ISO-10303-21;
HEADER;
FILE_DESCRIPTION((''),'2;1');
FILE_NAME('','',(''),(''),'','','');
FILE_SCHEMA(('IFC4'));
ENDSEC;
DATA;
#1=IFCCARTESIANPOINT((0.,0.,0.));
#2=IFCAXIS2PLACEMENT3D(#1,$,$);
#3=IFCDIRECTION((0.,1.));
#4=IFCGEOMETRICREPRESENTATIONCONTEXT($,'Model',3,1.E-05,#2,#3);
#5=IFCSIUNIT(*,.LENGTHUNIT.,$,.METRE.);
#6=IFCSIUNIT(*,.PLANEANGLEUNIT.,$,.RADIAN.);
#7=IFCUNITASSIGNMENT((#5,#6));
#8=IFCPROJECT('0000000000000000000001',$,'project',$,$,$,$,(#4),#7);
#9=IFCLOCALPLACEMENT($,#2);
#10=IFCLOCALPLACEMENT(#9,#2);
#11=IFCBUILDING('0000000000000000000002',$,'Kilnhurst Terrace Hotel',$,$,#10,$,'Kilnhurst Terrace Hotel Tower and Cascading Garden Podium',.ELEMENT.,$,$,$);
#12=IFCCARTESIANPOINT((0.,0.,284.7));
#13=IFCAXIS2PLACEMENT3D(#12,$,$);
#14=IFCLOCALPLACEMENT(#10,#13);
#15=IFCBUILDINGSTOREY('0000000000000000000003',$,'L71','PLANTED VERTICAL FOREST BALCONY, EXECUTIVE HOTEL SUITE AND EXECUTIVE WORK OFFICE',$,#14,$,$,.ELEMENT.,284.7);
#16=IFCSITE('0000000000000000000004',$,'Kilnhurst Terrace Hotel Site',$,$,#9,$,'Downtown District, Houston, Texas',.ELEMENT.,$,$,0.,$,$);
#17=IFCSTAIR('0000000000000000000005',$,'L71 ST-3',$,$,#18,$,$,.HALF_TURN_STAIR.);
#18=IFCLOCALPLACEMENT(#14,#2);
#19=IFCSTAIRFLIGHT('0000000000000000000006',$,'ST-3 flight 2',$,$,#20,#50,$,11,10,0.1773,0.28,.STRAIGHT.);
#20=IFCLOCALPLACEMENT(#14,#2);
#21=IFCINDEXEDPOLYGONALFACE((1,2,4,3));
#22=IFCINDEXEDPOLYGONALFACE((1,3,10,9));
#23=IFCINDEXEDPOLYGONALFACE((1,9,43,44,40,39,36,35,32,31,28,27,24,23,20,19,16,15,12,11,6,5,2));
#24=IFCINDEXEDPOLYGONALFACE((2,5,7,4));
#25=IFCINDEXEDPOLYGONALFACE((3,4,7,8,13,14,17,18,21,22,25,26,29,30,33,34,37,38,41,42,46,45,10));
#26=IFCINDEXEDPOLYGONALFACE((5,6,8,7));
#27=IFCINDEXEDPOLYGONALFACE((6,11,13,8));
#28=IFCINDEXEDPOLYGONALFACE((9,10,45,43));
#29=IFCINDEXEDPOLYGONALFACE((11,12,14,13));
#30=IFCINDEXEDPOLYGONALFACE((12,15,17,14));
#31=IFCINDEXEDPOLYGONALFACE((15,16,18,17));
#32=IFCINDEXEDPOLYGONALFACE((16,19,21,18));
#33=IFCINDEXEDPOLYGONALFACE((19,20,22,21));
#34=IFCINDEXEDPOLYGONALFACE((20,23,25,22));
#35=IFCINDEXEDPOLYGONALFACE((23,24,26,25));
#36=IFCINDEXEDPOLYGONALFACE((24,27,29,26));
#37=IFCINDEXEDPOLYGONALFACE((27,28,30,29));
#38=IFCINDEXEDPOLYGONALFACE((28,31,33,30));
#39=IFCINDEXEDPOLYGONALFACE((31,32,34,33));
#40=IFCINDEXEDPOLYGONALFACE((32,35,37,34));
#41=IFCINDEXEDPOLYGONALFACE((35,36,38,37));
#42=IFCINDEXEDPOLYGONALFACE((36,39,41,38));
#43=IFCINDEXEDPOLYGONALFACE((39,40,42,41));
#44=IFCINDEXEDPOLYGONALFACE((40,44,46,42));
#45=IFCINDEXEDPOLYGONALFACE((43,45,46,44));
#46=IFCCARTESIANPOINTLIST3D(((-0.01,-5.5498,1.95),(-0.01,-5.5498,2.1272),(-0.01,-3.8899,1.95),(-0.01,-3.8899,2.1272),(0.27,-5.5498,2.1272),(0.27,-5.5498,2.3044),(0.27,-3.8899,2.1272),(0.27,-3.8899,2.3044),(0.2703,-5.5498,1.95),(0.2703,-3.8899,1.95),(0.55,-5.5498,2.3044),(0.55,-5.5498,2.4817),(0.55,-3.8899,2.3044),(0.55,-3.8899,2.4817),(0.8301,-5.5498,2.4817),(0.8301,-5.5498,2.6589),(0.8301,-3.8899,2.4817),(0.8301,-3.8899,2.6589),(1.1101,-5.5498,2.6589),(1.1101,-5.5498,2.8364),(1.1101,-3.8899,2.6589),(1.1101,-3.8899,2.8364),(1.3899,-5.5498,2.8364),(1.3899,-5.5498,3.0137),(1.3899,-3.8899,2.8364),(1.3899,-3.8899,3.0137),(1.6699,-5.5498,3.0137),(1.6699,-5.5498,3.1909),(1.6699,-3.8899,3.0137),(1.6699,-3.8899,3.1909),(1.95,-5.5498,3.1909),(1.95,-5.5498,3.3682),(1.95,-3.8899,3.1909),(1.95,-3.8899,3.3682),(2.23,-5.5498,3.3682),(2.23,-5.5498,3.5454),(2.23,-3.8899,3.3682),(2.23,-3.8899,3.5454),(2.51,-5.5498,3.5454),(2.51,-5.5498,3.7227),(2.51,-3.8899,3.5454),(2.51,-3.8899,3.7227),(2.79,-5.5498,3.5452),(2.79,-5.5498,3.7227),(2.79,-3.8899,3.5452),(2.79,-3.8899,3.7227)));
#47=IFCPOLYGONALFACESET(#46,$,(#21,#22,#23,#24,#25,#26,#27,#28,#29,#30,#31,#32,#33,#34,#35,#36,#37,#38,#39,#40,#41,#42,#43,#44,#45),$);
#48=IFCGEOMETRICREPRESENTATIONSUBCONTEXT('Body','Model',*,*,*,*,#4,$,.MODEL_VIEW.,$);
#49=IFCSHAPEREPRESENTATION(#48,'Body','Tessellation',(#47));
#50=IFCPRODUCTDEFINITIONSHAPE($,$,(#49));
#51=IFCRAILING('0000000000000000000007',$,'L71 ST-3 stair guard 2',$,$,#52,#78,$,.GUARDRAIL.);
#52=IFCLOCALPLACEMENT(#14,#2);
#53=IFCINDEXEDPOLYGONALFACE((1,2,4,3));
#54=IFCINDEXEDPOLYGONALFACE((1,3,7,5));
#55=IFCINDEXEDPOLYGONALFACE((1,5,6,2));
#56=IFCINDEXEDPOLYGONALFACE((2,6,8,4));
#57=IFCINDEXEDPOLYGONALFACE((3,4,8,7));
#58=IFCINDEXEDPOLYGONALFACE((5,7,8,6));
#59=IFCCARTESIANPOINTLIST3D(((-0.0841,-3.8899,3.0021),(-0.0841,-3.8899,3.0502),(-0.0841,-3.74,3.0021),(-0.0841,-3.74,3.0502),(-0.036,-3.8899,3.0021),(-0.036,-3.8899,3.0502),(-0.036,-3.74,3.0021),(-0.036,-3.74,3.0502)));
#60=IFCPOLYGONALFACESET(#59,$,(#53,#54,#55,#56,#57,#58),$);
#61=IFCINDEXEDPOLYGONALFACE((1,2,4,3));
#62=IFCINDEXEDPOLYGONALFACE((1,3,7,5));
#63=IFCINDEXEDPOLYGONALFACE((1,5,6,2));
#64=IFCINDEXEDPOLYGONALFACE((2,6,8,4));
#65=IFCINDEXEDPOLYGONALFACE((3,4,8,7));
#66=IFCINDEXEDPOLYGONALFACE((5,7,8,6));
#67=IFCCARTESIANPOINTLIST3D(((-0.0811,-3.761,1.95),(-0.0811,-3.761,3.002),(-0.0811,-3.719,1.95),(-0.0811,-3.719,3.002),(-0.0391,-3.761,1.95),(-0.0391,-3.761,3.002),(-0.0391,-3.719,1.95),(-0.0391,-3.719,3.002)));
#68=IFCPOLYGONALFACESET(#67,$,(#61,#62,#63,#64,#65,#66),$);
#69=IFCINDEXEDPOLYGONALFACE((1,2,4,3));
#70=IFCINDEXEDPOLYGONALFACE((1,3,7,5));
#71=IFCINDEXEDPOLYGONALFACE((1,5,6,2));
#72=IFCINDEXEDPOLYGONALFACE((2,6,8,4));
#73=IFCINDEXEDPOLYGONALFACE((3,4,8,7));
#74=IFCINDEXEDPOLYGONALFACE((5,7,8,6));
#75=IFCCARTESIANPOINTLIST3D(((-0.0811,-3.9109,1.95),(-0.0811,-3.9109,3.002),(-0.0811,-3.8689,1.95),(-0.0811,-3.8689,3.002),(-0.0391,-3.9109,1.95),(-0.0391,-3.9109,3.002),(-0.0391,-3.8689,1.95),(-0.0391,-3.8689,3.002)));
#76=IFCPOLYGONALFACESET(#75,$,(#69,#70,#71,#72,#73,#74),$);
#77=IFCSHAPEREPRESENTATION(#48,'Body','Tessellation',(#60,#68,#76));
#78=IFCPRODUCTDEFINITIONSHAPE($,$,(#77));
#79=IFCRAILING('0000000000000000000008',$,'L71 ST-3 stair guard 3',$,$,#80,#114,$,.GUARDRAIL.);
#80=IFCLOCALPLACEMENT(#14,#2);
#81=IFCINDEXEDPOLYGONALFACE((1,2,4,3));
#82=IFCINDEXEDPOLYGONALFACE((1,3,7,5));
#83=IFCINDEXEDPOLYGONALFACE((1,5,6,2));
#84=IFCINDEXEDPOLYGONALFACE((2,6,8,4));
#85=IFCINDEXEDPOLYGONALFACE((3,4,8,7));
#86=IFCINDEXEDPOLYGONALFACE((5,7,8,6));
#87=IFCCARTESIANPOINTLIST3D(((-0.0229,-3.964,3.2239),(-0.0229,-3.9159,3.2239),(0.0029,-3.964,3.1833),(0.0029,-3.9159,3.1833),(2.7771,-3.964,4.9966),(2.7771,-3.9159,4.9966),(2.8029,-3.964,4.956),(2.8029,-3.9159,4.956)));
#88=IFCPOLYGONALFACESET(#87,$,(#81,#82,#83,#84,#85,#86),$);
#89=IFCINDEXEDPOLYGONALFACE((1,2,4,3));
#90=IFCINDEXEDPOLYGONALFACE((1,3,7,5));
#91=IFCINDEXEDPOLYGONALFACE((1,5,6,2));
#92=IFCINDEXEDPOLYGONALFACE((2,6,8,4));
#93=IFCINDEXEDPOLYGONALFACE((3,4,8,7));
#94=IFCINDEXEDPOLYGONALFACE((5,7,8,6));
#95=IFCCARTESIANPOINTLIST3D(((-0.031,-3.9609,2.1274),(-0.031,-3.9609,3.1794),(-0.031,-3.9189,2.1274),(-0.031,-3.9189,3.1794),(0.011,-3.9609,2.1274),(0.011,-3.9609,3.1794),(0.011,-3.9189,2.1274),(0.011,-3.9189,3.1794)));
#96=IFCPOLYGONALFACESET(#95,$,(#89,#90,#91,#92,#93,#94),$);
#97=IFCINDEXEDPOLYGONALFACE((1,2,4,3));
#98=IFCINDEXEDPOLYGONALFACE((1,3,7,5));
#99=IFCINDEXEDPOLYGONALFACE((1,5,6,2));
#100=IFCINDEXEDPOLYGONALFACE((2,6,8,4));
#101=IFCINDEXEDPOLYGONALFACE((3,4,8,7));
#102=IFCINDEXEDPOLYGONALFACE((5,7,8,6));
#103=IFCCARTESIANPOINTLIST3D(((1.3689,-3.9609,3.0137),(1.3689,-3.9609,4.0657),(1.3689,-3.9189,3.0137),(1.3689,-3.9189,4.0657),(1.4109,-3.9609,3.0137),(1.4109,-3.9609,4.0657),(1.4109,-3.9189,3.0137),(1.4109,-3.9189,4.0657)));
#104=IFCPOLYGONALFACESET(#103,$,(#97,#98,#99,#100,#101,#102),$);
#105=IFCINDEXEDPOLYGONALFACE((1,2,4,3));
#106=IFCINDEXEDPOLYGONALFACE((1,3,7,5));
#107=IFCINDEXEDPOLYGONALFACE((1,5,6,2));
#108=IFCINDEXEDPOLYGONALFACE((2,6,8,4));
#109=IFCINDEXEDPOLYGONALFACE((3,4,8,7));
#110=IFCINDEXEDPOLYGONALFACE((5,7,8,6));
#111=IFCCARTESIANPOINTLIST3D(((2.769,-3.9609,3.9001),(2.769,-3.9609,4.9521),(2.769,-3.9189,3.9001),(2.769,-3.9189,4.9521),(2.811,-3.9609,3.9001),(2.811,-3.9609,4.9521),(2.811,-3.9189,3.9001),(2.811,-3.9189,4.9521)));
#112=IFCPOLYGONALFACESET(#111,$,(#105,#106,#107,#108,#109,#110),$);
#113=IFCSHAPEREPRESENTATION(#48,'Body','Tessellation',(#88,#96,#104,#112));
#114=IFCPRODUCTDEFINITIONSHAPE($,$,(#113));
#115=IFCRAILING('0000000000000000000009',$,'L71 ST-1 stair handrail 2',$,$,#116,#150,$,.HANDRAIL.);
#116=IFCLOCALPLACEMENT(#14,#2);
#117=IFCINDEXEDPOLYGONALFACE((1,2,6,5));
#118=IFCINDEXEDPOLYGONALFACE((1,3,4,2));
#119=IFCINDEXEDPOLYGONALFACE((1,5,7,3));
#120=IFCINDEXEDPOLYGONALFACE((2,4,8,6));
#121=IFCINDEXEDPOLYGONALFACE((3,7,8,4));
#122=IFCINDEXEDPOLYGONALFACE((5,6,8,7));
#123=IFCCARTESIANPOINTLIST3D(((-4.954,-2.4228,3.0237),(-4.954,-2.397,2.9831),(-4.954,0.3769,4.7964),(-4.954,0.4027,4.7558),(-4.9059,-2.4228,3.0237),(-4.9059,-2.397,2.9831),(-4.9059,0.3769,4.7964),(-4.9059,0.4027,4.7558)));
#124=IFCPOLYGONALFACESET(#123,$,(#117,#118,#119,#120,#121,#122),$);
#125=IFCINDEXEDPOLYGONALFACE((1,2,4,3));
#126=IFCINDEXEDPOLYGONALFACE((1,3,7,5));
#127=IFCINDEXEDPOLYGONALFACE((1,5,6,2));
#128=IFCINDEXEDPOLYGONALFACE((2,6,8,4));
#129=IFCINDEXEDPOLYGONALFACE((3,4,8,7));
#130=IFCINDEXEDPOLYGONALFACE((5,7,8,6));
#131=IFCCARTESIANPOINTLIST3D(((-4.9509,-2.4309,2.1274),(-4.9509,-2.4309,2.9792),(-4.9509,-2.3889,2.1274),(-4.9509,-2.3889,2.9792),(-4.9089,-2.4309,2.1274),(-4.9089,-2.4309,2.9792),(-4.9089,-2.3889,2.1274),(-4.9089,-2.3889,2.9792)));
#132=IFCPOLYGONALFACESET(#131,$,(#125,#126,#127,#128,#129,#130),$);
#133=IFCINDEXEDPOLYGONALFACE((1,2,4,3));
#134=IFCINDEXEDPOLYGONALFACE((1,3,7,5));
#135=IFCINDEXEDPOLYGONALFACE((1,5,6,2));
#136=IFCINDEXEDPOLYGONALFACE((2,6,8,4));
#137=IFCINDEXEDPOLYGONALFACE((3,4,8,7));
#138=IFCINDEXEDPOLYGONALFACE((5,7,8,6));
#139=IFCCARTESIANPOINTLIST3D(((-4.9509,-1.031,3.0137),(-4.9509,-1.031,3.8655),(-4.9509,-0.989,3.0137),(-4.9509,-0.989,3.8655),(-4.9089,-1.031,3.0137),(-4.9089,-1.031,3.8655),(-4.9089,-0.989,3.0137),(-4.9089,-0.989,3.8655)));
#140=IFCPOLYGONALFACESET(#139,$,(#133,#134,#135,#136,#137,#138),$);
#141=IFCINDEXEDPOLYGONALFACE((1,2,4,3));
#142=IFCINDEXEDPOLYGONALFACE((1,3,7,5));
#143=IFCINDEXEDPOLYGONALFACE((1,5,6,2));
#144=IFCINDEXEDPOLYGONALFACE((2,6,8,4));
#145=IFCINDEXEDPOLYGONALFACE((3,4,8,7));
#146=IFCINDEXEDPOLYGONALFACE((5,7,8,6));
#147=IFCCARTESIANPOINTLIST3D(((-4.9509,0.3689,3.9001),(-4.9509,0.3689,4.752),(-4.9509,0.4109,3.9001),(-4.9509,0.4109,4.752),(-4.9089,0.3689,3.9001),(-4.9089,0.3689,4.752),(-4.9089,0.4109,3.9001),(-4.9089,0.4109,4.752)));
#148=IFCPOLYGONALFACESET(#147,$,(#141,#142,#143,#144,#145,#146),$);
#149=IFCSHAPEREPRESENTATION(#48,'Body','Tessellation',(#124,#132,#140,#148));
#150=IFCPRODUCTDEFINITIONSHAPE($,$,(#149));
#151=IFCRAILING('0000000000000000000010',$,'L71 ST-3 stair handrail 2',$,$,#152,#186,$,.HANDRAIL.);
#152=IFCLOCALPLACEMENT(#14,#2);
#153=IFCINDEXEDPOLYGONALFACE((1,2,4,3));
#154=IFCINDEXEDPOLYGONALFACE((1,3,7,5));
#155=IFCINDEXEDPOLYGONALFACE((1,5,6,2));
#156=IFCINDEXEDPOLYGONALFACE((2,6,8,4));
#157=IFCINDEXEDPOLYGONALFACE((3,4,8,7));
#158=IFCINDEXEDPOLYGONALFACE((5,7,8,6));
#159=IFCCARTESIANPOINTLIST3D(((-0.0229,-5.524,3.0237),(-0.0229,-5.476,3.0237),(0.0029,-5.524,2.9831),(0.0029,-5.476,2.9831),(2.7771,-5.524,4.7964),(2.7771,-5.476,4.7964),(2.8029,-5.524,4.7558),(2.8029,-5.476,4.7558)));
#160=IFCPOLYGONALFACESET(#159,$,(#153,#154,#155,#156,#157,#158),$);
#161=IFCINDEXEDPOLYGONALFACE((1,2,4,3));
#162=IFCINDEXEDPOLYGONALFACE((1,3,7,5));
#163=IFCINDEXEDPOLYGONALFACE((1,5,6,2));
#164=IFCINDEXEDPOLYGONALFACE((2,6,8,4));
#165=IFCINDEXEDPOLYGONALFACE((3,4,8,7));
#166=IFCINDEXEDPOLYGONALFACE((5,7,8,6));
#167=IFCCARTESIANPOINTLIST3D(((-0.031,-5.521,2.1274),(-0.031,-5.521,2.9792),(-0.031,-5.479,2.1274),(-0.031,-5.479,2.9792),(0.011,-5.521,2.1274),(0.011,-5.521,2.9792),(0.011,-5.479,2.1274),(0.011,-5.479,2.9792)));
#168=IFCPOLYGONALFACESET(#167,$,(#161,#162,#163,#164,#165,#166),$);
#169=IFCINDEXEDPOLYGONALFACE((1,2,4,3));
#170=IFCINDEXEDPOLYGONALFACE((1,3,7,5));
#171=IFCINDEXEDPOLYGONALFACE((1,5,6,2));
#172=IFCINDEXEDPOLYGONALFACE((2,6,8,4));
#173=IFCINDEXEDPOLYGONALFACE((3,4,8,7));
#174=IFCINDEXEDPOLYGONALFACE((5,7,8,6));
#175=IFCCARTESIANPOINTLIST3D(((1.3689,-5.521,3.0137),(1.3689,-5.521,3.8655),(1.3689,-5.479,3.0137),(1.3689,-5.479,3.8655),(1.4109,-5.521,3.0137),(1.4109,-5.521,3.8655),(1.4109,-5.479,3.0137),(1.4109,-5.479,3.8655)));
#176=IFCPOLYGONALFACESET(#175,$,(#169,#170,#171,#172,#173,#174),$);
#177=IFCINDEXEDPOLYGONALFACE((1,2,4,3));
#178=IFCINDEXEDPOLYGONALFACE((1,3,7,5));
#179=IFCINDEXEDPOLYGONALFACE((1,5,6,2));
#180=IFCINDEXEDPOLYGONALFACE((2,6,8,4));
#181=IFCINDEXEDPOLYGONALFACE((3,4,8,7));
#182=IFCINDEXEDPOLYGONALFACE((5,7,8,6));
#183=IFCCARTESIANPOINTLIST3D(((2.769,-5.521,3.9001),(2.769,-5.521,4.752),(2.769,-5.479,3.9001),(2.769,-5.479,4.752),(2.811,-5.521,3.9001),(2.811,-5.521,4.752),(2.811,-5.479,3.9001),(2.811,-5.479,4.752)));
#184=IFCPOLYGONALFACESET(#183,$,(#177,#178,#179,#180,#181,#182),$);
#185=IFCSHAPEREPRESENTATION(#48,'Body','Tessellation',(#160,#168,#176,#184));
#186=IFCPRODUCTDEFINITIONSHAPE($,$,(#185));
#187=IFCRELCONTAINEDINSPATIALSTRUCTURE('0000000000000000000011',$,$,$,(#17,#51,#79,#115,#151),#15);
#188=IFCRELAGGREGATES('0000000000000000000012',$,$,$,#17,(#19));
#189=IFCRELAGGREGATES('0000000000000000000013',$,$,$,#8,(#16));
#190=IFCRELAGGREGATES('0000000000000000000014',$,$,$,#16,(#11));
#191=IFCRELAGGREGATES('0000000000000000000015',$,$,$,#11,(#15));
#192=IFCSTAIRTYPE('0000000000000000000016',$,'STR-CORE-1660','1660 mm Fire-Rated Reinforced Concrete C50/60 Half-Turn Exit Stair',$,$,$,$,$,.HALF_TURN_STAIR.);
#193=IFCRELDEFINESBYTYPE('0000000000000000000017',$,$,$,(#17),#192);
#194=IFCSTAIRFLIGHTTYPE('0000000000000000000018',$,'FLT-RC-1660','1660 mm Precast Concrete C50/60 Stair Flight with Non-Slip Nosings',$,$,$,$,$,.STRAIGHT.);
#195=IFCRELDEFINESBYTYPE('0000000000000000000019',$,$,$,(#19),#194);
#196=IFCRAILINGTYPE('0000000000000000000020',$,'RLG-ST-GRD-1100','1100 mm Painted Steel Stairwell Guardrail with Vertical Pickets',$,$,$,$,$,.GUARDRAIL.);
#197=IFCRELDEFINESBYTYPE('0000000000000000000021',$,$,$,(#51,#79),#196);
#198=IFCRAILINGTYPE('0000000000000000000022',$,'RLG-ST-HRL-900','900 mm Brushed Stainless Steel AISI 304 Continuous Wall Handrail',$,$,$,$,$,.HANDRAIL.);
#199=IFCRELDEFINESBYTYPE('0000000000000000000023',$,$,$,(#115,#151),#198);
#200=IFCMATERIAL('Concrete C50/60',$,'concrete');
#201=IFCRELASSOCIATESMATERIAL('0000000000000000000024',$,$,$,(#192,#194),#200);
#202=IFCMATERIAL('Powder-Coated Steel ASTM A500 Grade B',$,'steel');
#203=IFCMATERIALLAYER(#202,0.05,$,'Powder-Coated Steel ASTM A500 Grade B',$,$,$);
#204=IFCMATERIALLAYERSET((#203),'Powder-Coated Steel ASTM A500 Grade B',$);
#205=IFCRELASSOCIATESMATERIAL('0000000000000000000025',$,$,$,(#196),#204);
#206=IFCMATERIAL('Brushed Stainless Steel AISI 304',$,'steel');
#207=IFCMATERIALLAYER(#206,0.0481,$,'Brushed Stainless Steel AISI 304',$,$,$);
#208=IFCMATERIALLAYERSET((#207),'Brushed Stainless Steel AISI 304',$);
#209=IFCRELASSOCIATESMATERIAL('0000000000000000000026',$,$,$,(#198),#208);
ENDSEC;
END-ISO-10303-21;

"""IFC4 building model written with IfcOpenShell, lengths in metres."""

from ifc_helpers import new_model, si_unit, direction, frame, origin, origin_2d, place, context, subcontext, project, spatial, polyline, rectangle, outline, extrude, material, layer, layer_set, type_object, element, aggregate, save


model = new_model("IFC4")

# Units and contexts
model_context = context("Model", 3, precision=1e-05, world=origin(), true_north=direction((0.0, 1.0)))
body_context = subcontext(model_context, "Body", "Model", "MODEL_VIEW")
ifc_project = project(units=[si_unit("LENGTHUNIT", "METRE"), si_unit("PLANEANGLEUNIT", "RADIAN")], contexts=[model_context])

# Site, building, storey
site_placement = place(None, origin())
site = spatial("IfcSite", under=ifc_project, at=site_placement, Name="Kilnhurst Terrace Hotel Site", LongName="Downtown District, Houston, Texas", CompositionType="ELEMENT", RefElevation=0.0)
building_placement = place(site_placement, origin())
building = spatial("IfcBuilding", under=site, at=building_placement, Name="Kilnhurst Terrace Hotel", LongName="Kilnhurst Terrace Hotel Tower and Cascading Garden Podium", CompositionType="ELEMENT")
storey_placement = place(building_placement, frame((0.0, 0.0, 284.7)))
storey = spatial("IfcBuildingStorey", under=building, at=storey_placement, Name="L71", Description="PLANTED VERTICAL FOREST BALCONY, EXECUTIVE HOTEL SUITE AND EXECUTIVE WORK OFFICE", CompositionType="ELEMENT", Elevation=284.7)

# Shared definitions
ifc_material_1 = material(Name="Concrete C50/60", Category="concrete")

# Stair, stair flight
stair_type = type_object("IfcStairType", Name="STR-CORE-1660", Description="1660 mm Fire-Rated Reinforced Concrete C50/60 Half-Turn Exit Stair", PredefinedType="HALF_TURN_STAIR", material=ifc_material_1)
stair_flight_type = type_object("IfcStairFlightType", Name="FLT-RC-1660", Description="1660 mm Precast Concrete C50/60 Stair Flight with Non-Slip Nosings", PredefinedType="STRAIGHT", material=ifc_material_1)
stair_1_placement = place(storey_placement, origin())
stair_1 = element("IfcStair", 1, at=stair_1_placement, inside=storey, type_object=stair_type, Name="L71 ST-3", PredefinedType="HALF_TURN_STAIR")
stair_flight_1_placement = place(storey_placement, frame((-0.01, -4.72, 1.95), z_axis=(0.0, 0.0, 1.0), x_axis=(1.0, 0.0, 0.0)))
stair_flight_1 = element("IfcStairFlight", 2, at=stair_flight_1_placement, type_object=stair_flight_type, Name="ST-3 flight 2", NumberOfRisers=11, NumberOfTreads=10, PredefinedType="STRAIGHT", RiserHeight=0.1773, TreadLength=0.28, context=body_context, shape_type="SweptSolid", body=[
    extrude(outline(polyline([(0.0, 0.0), (0.0, 0.1772), (0.28, 0.1772), (0.28, 0.3545), (0.5601, 0.3545), (0.5601, 0.5317), (0.8401, 0.5317), (0.8401, 0.709), (1.1201, 0.709), (1.1201, 0.8865), (1.3999, 0.8865), (1.3999, 1.0637), (1.6799, 1.0637), (1.6799, 1.241), (1.96, 1.241), (1.96, 1.4182), (2.24, 1.4182), (2.24, 1.5955), (2.52, 1.5955), (2.52, 1.7727), (2.8, 1.7727), (2.8, 1.95), (2.8, 1.5952), (0.2803, 0.0), (0.0, 0.0)])), frame((0.0, 0.8301, 0.0), z_axis=(0.0, -1.0, 0.0), x_axis=(1.0, 0.0, 0.0)), (0.0, 0.0, 1.0), 1.6599),
])
aggregate(stair_1, [stair_flight_1])

# Railings
ifc_material_2 = material(Name="Powder-Coated Steel ASTM A500 Grade B", Category="steel")
ifc_layer_1 = layer(ifc_material_2, 0.05, Name="Powder-Coated Steel ASTM A500 Grade B")
ifc_layer_set_1 = layer_set([ifc_layer_1], Name="Powder-Coated Steel ASTM A500 Grade B")
railing_type_1 = type_object("IfcRailingType", Name="RLG-ST-GRD-1100", Description="1100 mm Painted Steel Stairwell Guardrail with Vertical Pickets", PredefinedType="GUARDRAIL", material=ifc_layer_set_1)
railing_1_placement = place(storey_placement, frame((-0.0601, -3.74, 1.95)))
element("IfcRailing", 3, at=railing_1_placement, inside=storey, type_object=railing_type_1, Name="L71 ST-3 stair guard 2", PredefinedType="GUARDRAIL", context=body_context, shape_type="SweptSolid", body=[
    extrude(rectangle(XDim=0.0481, YDim=0.0481, at=origin_2d()), frame((0.0, 0.0, 1.0762), z_axis=(0.0, -1.0, 0.0), x_axis=(1.0, 0.0, 0.0)), (0.0, 0.0, 1.0), 0.1499),
    extrude(rectangle(XDim=0.042, YDim=0.042, at=origin_2d()), origin(), (0.0, 0.0, 1.0), 1.052),
    extrude(rectangle(XDim=0.042, YDim=0.042, at=origin_2d()), frame((0.0, -0.1499, 0.0)), (0.0, 0.0, 1.0), 1.052),
])
railing_2_placement = place(storey_placement, frame((-0.01, -3.9399, 2.1274)))
element("IfcRailing", 4, at=railing_2_placement, inside=storey, type_object=railing_type_1, Name="L71 ST-3 stair guard 3", PredefinedType="GUARDRAIL", context=body_context, shape_type="SweptSolid", body=[
    extrude(rectangle(XDim=0.0481, YDim=0.0481, at=origin_2d()), frame((0.0, 0.0, 1.0762), z_axis=(0.844909, 0.0, 0.53491), x_axis=(0.0, 1.0, 0.0)), (0.0, 0.0, 1.0), 3.314),
    extrude(rectangle(XDim=0.042, YDim=0.042, at=origin_2d()), origin(), (0.0, 0.0, 1.0), 1.052),
    extrude(rectangle(XDim=0.042, YDim=0.042, at=origin_2d()), frame((1.3999, 0.0, 0.8862)), (0.0, 0.0, 1.0), 1.052),
    extrude(rectangle(XDim=0.042, YDim=0.042, at=origin_2d()), frame((2.8, 0.0, 1.7727)), (0.0, 0.0, 1.0), 1.052),
])
ifc_material_3 = material(Name="Brushed Stainless Steel AISI 304", Category="steel")
ifc_layer_2 = layer(ifc_material_3, 0.0481, Name="Brushed Stainless Steel AISI 304")
ifc_layer_set_2 = layer_set([ifc_layer_2], Name="Brushed Stainless Steel AISI 304")
railing_type_2 = type_object("IfcRailingType", Name="RLG-ST-HRL-900", Description="900 mm Brushed Stainless Steel AISI 304 Continuous Wall Handrail", PredefinedType="HANDRAIL", material=ifc_layer_set_2)
railing_3_placement = place(storey_placement, frame((-4.9299, -2.4099, 2.1274)))
element("IfcRailing", 5, at=railing_3_placement, inside=storey, type_object=railing_type_2, Name="L71 ST-1 stair handrail 2", PredefinedType="HANDRAIL", context=body_context, shape_type="SweptSolid", body=[
    extrude(rectangle(XDim=0.0481, YDim=0.0481, at=origin_2d()), frame((0.0, 0.0, 0.876), z_axis=(0.0, 0.844888, 0.534943), x_axis=(-1.0, 0.0, 0.0)), (0.0, 0.0, 1.0), 3.3137),
    extrude(rectangle(XDim=0.042, YDim=0.042, at=origin_2d()), origin(), (0.0, 0.0, 1.0), 0.8518),
    extrude(rectangle(XDim=0.042, YDim=0.042, at=origin_2d()), frame((0.0, 1.3999, 0.8862)), (0.0, 0.0, 1.0), 0.8518),
    extrude(rectangle(XDim=0.042, YDim=0.042, at=origin_2d()), frame((0.0, 2.7998, 1.7727)), (0.0, 0.0, 1.0), 0.8518),
])
railing_4_placement = place(storey_placement, frame((-0.01, -5.5, 2.1274)))
element("IfcRailing", 6, at=railing_4_placement, inside=storey, type_object=railing_type_2, Name="L71 ST-3 stair handrail 2", PredefinedType="HANDRAIL", context=body_context, shape_type="SweptSolid", body=[
    extrude(rectangle(XDim=0.0481, YDim=0.0481, at=origin_2d()), frame((0.0, 0.0, 0.876), z_axis=(0.844909, 0.0, 0.53491), x_axis=(0.0, 1.0, 0.0)), (0.0, 0.0, 1.0), 3.314),
    extrude(rectangle(XDim=0.042, YDim=0.042, at=origin_2d()), origin(), (0.0, 0.0, 1.0), 0.8518),
    extrude(rectangle(XDim=0.042, YDim=0.042, at=origin_2d()), frame((1.3999, 0.0, 0.8862)), (0.0, 0.0, 1.0), 0.8518),
    extrude(rectangle(XDim=0.042, YDim=0.042, at=origin_2d()), frame((2.8, 0.0, 1.7727)), (0.0, 0.0, 1.0), 0.8518),
])

save(model, "model.ifc")
